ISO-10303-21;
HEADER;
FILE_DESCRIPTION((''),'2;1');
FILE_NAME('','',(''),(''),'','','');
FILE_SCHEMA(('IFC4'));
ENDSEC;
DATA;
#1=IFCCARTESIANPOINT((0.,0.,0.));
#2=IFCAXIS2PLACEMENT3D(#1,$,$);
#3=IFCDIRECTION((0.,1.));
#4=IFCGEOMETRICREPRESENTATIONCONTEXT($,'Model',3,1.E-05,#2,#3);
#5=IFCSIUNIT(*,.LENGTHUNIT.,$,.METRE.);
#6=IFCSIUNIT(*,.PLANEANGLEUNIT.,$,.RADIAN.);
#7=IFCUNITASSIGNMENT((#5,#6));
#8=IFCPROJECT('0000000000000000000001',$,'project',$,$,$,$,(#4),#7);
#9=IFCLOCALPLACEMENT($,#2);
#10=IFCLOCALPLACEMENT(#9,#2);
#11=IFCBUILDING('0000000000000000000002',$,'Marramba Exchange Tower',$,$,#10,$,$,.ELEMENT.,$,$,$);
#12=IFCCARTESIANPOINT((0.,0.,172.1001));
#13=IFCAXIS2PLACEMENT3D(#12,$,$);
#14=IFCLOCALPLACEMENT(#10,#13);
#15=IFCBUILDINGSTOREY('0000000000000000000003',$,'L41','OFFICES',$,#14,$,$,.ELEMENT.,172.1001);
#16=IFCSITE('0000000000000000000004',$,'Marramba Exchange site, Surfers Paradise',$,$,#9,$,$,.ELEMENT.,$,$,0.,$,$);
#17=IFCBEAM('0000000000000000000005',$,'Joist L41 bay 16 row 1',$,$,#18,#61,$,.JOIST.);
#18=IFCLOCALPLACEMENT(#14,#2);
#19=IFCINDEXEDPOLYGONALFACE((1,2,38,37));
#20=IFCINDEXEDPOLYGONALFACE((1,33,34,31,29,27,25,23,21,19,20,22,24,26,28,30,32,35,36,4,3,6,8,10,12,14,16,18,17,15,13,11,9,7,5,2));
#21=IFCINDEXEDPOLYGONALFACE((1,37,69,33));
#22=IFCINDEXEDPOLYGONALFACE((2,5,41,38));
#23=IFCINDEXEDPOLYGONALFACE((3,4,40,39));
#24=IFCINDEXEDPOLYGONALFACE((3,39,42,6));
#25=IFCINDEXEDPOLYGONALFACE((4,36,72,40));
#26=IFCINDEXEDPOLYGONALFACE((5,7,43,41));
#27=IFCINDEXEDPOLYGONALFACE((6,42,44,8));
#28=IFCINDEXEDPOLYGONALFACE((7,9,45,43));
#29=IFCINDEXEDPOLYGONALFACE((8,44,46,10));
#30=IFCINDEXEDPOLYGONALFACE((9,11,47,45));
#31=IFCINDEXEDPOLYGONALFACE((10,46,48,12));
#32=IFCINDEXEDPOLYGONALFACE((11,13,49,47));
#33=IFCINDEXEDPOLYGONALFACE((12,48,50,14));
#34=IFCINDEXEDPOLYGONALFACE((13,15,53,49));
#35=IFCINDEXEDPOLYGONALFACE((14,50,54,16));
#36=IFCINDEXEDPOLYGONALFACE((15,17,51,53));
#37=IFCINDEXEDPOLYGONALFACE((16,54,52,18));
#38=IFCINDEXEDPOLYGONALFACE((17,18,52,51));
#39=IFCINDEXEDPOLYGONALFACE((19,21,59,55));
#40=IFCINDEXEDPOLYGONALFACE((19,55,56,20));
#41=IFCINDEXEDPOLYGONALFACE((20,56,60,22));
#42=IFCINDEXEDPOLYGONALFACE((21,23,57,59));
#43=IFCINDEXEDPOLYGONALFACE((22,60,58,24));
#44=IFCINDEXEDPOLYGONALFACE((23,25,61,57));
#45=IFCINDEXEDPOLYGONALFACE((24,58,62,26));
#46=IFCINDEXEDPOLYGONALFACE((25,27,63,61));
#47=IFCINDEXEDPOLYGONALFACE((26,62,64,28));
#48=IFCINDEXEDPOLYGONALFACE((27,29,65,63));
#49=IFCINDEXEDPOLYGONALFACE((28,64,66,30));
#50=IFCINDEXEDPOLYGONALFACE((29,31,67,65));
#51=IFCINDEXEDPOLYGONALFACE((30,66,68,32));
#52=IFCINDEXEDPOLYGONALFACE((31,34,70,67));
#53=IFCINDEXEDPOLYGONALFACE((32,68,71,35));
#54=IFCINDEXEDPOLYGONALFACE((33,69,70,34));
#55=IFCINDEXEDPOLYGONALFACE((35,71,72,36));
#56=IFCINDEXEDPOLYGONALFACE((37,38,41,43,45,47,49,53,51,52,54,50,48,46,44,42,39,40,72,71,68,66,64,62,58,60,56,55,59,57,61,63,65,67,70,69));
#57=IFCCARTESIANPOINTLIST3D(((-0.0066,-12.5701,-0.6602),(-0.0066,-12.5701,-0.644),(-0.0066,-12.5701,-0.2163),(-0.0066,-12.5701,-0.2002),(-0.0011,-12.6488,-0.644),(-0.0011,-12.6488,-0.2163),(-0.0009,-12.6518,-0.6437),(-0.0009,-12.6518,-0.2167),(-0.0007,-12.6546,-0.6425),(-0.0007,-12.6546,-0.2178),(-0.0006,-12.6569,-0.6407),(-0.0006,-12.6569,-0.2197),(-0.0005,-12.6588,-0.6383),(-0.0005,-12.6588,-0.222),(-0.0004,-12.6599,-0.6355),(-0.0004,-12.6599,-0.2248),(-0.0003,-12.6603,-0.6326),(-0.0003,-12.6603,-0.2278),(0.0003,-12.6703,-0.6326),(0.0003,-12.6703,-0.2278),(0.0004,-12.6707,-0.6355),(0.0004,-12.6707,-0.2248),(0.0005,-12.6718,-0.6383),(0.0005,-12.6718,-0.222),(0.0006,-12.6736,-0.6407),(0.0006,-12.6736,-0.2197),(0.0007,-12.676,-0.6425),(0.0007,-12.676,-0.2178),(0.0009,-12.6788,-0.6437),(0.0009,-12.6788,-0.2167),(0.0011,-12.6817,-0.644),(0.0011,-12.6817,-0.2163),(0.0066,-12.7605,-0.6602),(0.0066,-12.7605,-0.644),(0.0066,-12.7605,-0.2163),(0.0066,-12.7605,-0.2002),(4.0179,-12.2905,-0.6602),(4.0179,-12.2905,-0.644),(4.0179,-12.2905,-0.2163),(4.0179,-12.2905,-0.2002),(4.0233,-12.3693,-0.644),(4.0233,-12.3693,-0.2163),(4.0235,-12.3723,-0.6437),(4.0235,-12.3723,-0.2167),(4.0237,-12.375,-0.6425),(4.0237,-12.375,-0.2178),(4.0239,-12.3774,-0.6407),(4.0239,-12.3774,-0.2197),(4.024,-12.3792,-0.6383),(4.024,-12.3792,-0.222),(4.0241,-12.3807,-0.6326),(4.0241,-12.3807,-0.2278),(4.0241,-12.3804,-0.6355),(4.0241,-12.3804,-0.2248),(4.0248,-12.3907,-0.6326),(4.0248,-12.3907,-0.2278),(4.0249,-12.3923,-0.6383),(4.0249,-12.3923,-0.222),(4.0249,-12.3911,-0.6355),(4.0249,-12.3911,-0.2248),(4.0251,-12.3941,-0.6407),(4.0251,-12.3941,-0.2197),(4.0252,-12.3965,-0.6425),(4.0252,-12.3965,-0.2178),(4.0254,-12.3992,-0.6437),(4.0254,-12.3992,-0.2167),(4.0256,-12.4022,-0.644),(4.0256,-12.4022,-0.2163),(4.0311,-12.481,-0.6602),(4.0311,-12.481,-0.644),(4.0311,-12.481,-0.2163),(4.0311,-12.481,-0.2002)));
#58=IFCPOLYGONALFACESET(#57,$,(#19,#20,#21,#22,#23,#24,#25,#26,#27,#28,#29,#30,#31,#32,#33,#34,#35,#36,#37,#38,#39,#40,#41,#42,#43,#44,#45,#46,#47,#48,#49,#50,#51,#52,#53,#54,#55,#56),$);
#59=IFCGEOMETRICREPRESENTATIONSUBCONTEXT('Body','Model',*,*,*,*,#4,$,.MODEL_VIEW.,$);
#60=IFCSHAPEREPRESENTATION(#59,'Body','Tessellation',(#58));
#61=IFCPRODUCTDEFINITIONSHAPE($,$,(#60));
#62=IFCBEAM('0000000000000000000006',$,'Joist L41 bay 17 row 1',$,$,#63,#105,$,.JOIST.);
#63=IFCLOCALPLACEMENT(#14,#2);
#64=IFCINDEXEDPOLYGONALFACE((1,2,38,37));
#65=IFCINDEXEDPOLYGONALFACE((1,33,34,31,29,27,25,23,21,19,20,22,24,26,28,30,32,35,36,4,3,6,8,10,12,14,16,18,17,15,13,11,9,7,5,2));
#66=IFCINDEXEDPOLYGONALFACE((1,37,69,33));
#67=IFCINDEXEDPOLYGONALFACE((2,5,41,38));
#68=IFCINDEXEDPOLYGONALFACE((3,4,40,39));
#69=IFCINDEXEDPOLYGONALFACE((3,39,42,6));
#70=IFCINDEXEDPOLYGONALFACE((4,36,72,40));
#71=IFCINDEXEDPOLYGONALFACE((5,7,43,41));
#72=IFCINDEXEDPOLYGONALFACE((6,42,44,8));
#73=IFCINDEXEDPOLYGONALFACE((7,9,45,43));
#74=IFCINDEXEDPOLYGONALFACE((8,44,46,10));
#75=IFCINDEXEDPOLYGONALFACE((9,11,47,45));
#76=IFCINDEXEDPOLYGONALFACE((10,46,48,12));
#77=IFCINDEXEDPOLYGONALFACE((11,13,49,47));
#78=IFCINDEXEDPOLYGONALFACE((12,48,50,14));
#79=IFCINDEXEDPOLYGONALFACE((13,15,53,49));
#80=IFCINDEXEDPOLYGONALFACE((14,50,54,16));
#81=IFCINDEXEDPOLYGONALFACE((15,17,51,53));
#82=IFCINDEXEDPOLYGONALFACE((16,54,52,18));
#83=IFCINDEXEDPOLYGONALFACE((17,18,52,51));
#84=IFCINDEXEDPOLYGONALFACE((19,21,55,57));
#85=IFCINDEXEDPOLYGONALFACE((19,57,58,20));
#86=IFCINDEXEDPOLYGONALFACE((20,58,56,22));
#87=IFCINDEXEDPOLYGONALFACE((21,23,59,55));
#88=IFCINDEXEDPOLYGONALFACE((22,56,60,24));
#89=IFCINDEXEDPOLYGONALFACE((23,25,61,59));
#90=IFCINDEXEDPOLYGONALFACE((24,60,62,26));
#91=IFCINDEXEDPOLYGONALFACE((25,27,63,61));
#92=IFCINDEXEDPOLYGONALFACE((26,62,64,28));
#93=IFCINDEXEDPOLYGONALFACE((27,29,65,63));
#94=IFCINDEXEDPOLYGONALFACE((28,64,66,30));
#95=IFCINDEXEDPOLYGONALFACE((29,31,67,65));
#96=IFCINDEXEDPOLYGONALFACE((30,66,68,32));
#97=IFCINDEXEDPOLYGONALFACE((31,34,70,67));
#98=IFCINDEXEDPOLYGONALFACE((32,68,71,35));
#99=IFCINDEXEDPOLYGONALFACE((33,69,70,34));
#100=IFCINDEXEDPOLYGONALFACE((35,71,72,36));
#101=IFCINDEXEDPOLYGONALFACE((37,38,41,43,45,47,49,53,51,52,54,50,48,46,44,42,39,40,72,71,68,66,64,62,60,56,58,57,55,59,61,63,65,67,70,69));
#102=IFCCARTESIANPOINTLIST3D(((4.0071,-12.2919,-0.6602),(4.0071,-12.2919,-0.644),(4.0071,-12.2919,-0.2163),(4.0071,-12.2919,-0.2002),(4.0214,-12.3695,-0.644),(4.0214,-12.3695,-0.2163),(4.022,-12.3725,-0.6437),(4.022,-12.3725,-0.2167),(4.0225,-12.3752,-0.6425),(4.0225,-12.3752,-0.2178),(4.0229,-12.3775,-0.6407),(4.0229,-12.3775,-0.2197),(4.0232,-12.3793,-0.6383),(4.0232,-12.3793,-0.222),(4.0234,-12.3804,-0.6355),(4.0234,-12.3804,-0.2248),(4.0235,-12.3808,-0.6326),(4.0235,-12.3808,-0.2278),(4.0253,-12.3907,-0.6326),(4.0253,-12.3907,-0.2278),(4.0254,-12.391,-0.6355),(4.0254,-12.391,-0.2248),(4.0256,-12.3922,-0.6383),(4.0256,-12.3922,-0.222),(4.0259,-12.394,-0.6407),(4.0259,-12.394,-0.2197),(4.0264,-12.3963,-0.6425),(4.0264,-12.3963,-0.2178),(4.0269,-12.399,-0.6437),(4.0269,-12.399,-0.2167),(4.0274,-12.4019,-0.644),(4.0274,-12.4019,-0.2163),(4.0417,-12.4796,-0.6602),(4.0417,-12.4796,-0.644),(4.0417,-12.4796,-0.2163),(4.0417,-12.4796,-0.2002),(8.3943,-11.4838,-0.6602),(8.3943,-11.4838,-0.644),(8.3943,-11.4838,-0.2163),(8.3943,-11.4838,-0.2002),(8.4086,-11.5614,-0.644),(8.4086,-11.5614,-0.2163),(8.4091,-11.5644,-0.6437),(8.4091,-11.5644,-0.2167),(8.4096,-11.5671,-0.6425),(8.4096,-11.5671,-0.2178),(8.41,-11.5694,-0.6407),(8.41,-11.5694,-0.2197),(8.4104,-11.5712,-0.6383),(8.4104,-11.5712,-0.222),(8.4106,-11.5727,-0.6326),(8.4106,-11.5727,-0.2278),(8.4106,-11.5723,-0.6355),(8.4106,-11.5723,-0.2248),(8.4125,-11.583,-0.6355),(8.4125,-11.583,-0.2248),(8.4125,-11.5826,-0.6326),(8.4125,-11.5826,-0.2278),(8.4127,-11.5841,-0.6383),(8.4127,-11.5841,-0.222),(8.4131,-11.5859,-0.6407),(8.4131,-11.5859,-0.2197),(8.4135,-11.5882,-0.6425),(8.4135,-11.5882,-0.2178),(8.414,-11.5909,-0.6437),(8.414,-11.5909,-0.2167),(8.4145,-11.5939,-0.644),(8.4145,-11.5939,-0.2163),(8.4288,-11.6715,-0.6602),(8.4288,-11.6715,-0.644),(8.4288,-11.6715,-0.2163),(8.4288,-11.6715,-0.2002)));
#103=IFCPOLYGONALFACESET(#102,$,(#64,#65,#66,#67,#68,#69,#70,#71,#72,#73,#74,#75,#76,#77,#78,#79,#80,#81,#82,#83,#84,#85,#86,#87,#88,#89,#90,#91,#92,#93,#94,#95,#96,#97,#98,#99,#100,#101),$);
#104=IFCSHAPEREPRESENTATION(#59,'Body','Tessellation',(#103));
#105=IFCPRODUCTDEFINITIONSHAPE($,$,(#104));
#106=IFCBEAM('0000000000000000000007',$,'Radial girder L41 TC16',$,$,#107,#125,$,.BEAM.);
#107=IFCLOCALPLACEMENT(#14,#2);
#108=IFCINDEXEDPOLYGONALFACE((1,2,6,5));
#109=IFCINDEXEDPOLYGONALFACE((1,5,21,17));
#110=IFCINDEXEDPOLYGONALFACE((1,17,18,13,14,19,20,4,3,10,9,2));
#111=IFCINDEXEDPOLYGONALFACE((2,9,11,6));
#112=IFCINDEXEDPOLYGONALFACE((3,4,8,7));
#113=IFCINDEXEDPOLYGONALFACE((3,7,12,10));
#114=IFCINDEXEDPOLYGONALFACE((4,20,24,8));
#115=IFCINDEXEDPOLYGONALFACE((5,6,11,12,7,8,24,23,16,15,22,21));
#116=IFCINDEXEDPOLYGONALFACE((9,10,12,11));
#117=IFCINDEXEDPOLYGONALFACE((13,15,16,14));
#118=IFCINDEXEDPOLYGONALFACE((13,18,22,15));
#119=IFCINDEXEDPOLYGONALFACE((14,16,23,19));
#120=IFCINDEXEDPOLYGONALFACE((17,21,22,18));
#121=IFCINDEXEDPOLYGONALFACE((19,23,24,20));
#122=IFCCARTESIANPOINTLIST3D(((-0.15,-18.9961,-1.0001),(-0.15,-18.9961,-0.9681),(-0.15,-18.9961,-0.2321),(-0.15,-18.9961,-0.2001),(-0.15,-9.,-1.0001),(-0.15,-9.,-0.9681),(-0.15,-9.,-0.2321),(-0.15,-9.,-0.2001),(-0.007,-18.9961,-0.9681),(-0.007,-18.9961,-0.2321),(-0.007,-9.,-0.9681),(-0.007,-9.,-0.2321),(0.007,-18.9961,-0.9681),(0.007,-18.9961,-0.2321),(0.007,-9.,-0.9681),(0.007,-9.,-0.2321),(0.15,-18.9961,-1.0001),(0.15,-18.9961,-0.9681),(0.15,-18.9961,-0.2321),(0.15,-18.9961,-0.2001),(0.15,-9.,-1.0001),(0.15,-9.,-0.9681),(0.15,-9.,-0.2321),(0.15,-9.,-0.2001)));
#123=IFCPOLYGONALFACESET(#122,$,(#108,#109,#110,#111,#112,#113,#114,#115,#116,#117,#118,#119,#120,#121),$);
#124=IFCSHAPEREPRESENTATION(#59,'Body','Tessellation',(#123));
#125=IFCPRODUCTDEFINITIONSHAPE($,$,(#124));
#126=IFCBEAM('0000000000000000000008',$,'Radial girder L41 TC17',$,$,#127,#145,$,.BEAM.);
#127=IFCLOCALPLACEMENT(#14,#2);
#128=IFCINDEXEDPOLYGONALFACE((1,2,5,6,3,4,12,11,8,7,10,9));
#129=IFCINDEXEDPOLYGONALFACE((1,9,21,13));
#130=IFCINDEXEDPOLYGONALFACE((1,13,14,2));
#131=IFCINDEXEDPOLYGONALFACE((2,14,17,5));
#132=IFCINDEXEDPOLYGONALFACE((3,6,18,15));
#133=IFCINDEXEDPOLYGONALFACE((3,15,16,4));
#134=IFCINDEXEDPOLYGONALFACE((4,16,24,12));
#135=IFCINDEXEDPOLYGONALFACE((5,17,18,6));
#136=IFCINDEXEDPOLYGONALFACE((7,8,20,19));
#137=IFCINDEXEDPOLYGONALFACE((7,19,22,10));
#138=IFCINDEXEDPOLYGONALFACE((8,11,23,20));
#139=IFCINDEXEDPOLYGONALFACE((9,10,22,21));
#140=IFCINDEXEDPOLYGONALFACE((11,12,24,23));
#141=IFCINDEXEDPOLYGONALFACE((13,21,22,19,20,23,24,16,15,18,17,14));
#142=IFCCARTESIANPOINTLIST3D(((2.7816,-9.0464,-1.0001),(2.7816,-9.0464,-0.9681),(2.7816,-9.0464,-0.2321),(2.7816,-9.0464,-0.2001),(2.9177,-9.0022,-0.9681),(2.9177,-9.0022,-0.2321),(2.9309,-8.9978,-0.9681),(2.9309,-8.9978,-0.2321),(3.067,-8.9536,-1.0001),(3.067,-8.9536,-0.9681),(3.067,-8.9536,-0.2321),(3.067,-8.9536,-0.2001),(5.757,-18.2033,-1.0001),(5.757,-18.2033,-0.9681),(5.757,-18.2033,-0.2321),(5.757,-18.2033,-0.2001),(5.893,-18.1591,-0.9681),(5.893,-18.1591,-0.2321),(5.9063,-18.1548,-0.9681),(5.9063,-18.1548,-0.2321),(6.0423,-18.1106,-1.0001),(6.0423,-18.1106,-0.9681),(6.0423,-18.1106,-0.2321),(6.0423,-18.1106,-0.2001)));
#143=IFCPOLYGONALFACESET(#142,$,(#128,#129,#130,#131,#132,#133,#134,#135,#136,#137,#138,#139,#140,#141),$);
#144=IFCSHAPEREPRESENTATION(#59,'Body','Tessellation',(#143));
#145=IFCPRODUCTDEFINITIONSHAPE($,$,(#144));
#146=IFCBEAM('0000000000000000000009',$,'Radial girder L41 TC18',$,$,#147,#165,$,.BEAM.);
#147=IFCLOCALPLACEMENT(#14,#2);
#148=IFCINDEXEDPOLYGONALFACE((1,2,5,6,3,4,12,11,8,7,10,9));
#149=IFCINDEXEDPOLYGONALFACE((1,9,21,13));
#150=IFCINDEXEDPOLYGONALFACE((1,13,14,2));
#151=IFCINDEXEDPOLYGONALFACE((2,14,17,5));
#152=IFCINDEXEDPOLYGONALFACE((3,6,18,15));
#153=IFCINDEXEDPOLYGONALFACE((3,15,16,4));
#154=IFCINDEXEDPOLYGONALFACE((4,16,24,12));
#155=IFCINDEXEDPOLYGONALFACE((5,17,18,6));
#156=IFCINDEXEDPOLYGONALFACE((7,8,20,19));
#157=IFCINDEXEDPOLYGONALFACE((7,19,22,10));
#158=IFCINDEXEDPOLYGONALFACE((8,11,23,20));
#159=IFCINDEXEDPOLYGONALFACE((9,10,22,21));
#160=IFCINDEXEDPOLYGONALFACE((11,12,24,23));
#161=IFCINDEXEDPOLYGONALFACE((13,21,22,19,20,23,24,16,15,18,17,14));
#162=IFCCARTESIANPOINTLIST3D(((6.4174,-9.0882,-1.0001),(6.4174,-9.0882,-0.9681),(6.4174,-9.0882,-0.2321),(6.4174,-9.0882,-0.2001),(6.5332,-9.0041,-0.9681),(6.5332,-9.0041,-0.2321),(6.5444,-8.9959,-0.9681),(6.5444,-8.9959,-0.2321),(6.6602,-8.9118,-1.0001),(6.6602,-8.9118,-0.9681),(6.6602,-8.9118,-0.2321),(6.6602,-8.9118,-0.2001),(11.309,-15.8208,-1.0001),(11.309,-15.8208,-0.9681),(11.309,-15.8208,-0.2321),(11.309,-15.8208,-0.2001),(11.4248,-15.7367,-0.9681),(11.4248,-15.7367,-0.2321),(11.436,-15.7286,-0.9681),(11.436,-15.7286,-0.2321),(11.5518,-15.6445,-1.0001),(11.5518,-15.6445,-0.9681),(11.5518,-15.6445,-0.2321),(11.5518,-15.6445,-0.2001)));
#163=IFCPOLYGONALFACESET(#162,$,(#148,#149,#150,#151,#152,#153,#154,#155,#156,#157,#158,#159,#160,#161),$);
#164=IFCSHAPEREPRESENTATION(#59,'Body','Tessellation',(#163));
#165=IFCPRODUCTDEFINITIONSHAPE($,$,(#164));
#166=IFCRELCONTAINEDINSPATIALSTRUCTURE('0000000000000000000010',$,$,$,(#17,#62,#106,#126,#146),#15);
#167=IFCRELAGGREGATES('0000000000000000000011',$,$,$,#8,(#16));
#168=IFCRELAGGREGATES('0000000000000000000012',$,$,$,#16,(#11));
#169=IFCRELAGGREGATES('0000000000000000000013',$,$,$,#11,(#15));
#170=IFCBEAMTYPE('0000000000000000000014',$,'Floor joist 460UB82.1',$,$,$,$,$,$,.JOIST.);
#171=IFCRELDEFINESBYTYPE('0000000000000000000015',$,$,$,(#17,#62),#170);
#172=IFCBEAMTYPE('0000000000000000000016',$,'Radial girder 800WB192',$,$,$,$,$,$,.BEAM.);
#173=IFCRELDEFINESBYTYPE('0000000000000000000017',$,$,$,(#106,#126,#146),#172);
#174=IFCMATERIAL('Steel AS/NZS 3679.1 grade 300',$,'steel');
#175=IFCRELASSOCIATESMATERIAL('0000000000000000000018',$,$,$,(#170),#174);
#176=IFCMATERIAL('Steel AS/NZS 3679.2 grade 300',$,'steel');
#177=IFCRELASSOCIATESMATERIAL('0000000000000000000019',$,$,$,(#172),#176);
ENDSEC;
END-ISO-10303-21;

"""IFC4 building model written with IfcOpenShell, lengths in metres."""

from ifc_helpers import new_model, si_unit, direction, frame, origin, origin_2d, place, context, subcontext, project, spatial, i_section, extrude, material, material_profile, profile_set, type_object, element, save


model = new_model("IFC4")

# Units and contexts
model_context = context("Model", 3, precision=1e-05, world=origin(), true_north=direction((0.0, 1.0)))
body_context = subcontext(model_context, "Body", "Model", "MODEL_VIEW")
ifc_project = project(units=[si_unit("LENGTHUNIT", "METRE"), si_unit("PLANEANGLEUNIT", "RADIAN")], contexts=[model_context])

# Site, building, storey
site_placement = place(None, origin())
site = spatial("IfcSite", under=ifc_project, at=site_placement, Name="Marramba Exchange site, Surfers Paradise", CompositionType="ELEMENT", RefElevation=0.0)
building_placement = place(site_placement, origin())
building = spatial("IfcBuilding", under=site, at=building_placement, Name="Marramba Exchange Tower", CompositionType="ELEMENT")
storey_placement = place(building_placement, frame((0.0, 0.0, 172.1001)))
storey = spatial("IfcBuildingStorey", under=building, at=storey_placement, Name="L41", Description="OFFICES", CompositionType="ELEMENT", Elevation=172.1001)

# Beams
ifc_material_1 = material(Name="Steel AS/NZS 3679.1 grade 300", Category="steel")
ifc_material_profile_1 = material_profile(ifc_material_1, i_section(OverallWidth=0.1909, OverallDepth=0.46, WebThickness=0.01, FlangeThickness=0.0161, FilletRadius=0.0115, at=origin_2d()), Name="460UB82.1")
ifc_profile_set_1 = profile_set([ifc_material_profile_1], Name="Steel AS/NZS 3679.1 grade 300")
beam_type_1 = type_object("IfcBeamType", Name="Floor joist 460UB82.1", PredefinedType="JOIST", material=ifc_profile_set_1)
beam_1_placement = place(storey_placement, frame((0.0, -12.6653, -0.4302), z_axis=(0.997596, 0.069294, 0.0), x_axis=(-0.069294, 0.997596, 0.0)))
element("IfcBeam", 1, at=beam_1_placement, inside=storey, type_object=beam_type_1, Name="Joist L41 bay 16 row 1", PredefinedType="JOIST", context=body_context, shape_type="SweptSolid", body=[
    extrude(i_section(OverallWidth=0.1909, OverallDepth=0.46, WebThickness=0.01, FlangeThickness=0.0161, FilletRadius=0.0115, at=origin_2d()), origin(), (0.0, 0.0, 1.0), 4.0342),
])
beam_2_placement = place(storey_placement, frame((4.0244, -12.3857, -0.4302), z_axis=(0.983456, 0.181149, 0.0), x_axis=(-0.181149, 0.983456, 0.0)))
element("IfcBeam", 2, at=beam_2_placement, inside=storey, type_object=beam_type_1, Name="Joist L41 bay 17 row 1", PredefinedType="JOIST", context=body_context, shape_type="SweptSolid", body=[
    extrude(i_section(OverallWidth=0.1909, OverallDepth=0.46, WebThickness=0.01, FlangeThickness=0.0161, FilletRadius=0.0115, at=origin_2d()), origin(), (0.0, 0.0, 1.0), 4.4609),
])
ifc_material_2 = material(Name="Steel AS/NZS 3679.2 grade 300", Category="steel")
ifc_material_profile_2 = material_profile(ifc_material_2, i_section(OverallWidth=0.3, OverallDepth=0.8, WebThickness=0.0139, FlangeThickness=0.032, at=origin_2d()), Name="800WB192")
ifc_profile_set_2 = profile_set([ifc_material_profile_2], Name="Steel AS/NZS 3679.2 grade 300")
beam_type_2 = type_object("IfcBeamType", Name="Radial girder 800WB192", PredefinedType="BEAM", material=ifc_profile_set_2)
beam_3_placement = place(storey_placement, frame((0.0, -9.0, -0.6001), z_axis=(0.0, -1.0, 0.0), x_axis=(1.0, 0.0, 0.0)))
element("IfcBeam", 3, at=beam_3_placement, inside=storey, type_object=beam_type_2, Name="Radial girder L41 TC16", PredefinedType="BEAM", context=body_context, shape_type="SweptSolid", body=[
    extrude(i_section(OverallWidth=0.3, OverallDepth=0.8, WebThickness=0.0139, FlangeThickness=0.032, at=origin_2d()), origin(), (0.0, 0.0, 1.0), 9.9961),
])
beam_4_placement = place(storey_placement, frame((2.9243, -9.0, -0.6001), z_axis=(0.309022, -0.951055, 0.0), x_axis=(0.951055, 0.309022, 0.0)))
element("IfcBeam", 4, at=beam_4_placement, inside=storey, type_object=beam_type_2, Name="Radial girder L41 TC17", PredefinedType="BEAM", context=body_context, shape_type="SweptSolid", body=[
    extrude(i_section(OverallWidth=0.3, OverallDepth=0.8, WebThickness=0.0139, FlangeThickness=0.032, at=origin_2d()), origin(), (0.0, 0.0, 1.0), 9.6282),
])
beam_5_placement = place(storey_placement, frame((6.5388, -9.0, -0.6001), z_axis=(0.587788, -0.809015, 0.0), x_axis=(0.809015, 0.587788, 0.0)))
element("IfcBeam", 5, at=beam_5_placement, inside=storey, type_object=beam_type_2, Name="Radial girder L41 TC18", PredefinedType="BEAM", context=body_context, shape_type="SweptSolid", body=[
    extrude(i_section(OverallWidth=0.3, OverallDepth=0.8, WebThickness=0.0139, FlangeThickness=0.032, at=origin_2d()), origin(), (0.0, 0.0, 1.0), 8.322),
])

save(model, "model.ifc")
